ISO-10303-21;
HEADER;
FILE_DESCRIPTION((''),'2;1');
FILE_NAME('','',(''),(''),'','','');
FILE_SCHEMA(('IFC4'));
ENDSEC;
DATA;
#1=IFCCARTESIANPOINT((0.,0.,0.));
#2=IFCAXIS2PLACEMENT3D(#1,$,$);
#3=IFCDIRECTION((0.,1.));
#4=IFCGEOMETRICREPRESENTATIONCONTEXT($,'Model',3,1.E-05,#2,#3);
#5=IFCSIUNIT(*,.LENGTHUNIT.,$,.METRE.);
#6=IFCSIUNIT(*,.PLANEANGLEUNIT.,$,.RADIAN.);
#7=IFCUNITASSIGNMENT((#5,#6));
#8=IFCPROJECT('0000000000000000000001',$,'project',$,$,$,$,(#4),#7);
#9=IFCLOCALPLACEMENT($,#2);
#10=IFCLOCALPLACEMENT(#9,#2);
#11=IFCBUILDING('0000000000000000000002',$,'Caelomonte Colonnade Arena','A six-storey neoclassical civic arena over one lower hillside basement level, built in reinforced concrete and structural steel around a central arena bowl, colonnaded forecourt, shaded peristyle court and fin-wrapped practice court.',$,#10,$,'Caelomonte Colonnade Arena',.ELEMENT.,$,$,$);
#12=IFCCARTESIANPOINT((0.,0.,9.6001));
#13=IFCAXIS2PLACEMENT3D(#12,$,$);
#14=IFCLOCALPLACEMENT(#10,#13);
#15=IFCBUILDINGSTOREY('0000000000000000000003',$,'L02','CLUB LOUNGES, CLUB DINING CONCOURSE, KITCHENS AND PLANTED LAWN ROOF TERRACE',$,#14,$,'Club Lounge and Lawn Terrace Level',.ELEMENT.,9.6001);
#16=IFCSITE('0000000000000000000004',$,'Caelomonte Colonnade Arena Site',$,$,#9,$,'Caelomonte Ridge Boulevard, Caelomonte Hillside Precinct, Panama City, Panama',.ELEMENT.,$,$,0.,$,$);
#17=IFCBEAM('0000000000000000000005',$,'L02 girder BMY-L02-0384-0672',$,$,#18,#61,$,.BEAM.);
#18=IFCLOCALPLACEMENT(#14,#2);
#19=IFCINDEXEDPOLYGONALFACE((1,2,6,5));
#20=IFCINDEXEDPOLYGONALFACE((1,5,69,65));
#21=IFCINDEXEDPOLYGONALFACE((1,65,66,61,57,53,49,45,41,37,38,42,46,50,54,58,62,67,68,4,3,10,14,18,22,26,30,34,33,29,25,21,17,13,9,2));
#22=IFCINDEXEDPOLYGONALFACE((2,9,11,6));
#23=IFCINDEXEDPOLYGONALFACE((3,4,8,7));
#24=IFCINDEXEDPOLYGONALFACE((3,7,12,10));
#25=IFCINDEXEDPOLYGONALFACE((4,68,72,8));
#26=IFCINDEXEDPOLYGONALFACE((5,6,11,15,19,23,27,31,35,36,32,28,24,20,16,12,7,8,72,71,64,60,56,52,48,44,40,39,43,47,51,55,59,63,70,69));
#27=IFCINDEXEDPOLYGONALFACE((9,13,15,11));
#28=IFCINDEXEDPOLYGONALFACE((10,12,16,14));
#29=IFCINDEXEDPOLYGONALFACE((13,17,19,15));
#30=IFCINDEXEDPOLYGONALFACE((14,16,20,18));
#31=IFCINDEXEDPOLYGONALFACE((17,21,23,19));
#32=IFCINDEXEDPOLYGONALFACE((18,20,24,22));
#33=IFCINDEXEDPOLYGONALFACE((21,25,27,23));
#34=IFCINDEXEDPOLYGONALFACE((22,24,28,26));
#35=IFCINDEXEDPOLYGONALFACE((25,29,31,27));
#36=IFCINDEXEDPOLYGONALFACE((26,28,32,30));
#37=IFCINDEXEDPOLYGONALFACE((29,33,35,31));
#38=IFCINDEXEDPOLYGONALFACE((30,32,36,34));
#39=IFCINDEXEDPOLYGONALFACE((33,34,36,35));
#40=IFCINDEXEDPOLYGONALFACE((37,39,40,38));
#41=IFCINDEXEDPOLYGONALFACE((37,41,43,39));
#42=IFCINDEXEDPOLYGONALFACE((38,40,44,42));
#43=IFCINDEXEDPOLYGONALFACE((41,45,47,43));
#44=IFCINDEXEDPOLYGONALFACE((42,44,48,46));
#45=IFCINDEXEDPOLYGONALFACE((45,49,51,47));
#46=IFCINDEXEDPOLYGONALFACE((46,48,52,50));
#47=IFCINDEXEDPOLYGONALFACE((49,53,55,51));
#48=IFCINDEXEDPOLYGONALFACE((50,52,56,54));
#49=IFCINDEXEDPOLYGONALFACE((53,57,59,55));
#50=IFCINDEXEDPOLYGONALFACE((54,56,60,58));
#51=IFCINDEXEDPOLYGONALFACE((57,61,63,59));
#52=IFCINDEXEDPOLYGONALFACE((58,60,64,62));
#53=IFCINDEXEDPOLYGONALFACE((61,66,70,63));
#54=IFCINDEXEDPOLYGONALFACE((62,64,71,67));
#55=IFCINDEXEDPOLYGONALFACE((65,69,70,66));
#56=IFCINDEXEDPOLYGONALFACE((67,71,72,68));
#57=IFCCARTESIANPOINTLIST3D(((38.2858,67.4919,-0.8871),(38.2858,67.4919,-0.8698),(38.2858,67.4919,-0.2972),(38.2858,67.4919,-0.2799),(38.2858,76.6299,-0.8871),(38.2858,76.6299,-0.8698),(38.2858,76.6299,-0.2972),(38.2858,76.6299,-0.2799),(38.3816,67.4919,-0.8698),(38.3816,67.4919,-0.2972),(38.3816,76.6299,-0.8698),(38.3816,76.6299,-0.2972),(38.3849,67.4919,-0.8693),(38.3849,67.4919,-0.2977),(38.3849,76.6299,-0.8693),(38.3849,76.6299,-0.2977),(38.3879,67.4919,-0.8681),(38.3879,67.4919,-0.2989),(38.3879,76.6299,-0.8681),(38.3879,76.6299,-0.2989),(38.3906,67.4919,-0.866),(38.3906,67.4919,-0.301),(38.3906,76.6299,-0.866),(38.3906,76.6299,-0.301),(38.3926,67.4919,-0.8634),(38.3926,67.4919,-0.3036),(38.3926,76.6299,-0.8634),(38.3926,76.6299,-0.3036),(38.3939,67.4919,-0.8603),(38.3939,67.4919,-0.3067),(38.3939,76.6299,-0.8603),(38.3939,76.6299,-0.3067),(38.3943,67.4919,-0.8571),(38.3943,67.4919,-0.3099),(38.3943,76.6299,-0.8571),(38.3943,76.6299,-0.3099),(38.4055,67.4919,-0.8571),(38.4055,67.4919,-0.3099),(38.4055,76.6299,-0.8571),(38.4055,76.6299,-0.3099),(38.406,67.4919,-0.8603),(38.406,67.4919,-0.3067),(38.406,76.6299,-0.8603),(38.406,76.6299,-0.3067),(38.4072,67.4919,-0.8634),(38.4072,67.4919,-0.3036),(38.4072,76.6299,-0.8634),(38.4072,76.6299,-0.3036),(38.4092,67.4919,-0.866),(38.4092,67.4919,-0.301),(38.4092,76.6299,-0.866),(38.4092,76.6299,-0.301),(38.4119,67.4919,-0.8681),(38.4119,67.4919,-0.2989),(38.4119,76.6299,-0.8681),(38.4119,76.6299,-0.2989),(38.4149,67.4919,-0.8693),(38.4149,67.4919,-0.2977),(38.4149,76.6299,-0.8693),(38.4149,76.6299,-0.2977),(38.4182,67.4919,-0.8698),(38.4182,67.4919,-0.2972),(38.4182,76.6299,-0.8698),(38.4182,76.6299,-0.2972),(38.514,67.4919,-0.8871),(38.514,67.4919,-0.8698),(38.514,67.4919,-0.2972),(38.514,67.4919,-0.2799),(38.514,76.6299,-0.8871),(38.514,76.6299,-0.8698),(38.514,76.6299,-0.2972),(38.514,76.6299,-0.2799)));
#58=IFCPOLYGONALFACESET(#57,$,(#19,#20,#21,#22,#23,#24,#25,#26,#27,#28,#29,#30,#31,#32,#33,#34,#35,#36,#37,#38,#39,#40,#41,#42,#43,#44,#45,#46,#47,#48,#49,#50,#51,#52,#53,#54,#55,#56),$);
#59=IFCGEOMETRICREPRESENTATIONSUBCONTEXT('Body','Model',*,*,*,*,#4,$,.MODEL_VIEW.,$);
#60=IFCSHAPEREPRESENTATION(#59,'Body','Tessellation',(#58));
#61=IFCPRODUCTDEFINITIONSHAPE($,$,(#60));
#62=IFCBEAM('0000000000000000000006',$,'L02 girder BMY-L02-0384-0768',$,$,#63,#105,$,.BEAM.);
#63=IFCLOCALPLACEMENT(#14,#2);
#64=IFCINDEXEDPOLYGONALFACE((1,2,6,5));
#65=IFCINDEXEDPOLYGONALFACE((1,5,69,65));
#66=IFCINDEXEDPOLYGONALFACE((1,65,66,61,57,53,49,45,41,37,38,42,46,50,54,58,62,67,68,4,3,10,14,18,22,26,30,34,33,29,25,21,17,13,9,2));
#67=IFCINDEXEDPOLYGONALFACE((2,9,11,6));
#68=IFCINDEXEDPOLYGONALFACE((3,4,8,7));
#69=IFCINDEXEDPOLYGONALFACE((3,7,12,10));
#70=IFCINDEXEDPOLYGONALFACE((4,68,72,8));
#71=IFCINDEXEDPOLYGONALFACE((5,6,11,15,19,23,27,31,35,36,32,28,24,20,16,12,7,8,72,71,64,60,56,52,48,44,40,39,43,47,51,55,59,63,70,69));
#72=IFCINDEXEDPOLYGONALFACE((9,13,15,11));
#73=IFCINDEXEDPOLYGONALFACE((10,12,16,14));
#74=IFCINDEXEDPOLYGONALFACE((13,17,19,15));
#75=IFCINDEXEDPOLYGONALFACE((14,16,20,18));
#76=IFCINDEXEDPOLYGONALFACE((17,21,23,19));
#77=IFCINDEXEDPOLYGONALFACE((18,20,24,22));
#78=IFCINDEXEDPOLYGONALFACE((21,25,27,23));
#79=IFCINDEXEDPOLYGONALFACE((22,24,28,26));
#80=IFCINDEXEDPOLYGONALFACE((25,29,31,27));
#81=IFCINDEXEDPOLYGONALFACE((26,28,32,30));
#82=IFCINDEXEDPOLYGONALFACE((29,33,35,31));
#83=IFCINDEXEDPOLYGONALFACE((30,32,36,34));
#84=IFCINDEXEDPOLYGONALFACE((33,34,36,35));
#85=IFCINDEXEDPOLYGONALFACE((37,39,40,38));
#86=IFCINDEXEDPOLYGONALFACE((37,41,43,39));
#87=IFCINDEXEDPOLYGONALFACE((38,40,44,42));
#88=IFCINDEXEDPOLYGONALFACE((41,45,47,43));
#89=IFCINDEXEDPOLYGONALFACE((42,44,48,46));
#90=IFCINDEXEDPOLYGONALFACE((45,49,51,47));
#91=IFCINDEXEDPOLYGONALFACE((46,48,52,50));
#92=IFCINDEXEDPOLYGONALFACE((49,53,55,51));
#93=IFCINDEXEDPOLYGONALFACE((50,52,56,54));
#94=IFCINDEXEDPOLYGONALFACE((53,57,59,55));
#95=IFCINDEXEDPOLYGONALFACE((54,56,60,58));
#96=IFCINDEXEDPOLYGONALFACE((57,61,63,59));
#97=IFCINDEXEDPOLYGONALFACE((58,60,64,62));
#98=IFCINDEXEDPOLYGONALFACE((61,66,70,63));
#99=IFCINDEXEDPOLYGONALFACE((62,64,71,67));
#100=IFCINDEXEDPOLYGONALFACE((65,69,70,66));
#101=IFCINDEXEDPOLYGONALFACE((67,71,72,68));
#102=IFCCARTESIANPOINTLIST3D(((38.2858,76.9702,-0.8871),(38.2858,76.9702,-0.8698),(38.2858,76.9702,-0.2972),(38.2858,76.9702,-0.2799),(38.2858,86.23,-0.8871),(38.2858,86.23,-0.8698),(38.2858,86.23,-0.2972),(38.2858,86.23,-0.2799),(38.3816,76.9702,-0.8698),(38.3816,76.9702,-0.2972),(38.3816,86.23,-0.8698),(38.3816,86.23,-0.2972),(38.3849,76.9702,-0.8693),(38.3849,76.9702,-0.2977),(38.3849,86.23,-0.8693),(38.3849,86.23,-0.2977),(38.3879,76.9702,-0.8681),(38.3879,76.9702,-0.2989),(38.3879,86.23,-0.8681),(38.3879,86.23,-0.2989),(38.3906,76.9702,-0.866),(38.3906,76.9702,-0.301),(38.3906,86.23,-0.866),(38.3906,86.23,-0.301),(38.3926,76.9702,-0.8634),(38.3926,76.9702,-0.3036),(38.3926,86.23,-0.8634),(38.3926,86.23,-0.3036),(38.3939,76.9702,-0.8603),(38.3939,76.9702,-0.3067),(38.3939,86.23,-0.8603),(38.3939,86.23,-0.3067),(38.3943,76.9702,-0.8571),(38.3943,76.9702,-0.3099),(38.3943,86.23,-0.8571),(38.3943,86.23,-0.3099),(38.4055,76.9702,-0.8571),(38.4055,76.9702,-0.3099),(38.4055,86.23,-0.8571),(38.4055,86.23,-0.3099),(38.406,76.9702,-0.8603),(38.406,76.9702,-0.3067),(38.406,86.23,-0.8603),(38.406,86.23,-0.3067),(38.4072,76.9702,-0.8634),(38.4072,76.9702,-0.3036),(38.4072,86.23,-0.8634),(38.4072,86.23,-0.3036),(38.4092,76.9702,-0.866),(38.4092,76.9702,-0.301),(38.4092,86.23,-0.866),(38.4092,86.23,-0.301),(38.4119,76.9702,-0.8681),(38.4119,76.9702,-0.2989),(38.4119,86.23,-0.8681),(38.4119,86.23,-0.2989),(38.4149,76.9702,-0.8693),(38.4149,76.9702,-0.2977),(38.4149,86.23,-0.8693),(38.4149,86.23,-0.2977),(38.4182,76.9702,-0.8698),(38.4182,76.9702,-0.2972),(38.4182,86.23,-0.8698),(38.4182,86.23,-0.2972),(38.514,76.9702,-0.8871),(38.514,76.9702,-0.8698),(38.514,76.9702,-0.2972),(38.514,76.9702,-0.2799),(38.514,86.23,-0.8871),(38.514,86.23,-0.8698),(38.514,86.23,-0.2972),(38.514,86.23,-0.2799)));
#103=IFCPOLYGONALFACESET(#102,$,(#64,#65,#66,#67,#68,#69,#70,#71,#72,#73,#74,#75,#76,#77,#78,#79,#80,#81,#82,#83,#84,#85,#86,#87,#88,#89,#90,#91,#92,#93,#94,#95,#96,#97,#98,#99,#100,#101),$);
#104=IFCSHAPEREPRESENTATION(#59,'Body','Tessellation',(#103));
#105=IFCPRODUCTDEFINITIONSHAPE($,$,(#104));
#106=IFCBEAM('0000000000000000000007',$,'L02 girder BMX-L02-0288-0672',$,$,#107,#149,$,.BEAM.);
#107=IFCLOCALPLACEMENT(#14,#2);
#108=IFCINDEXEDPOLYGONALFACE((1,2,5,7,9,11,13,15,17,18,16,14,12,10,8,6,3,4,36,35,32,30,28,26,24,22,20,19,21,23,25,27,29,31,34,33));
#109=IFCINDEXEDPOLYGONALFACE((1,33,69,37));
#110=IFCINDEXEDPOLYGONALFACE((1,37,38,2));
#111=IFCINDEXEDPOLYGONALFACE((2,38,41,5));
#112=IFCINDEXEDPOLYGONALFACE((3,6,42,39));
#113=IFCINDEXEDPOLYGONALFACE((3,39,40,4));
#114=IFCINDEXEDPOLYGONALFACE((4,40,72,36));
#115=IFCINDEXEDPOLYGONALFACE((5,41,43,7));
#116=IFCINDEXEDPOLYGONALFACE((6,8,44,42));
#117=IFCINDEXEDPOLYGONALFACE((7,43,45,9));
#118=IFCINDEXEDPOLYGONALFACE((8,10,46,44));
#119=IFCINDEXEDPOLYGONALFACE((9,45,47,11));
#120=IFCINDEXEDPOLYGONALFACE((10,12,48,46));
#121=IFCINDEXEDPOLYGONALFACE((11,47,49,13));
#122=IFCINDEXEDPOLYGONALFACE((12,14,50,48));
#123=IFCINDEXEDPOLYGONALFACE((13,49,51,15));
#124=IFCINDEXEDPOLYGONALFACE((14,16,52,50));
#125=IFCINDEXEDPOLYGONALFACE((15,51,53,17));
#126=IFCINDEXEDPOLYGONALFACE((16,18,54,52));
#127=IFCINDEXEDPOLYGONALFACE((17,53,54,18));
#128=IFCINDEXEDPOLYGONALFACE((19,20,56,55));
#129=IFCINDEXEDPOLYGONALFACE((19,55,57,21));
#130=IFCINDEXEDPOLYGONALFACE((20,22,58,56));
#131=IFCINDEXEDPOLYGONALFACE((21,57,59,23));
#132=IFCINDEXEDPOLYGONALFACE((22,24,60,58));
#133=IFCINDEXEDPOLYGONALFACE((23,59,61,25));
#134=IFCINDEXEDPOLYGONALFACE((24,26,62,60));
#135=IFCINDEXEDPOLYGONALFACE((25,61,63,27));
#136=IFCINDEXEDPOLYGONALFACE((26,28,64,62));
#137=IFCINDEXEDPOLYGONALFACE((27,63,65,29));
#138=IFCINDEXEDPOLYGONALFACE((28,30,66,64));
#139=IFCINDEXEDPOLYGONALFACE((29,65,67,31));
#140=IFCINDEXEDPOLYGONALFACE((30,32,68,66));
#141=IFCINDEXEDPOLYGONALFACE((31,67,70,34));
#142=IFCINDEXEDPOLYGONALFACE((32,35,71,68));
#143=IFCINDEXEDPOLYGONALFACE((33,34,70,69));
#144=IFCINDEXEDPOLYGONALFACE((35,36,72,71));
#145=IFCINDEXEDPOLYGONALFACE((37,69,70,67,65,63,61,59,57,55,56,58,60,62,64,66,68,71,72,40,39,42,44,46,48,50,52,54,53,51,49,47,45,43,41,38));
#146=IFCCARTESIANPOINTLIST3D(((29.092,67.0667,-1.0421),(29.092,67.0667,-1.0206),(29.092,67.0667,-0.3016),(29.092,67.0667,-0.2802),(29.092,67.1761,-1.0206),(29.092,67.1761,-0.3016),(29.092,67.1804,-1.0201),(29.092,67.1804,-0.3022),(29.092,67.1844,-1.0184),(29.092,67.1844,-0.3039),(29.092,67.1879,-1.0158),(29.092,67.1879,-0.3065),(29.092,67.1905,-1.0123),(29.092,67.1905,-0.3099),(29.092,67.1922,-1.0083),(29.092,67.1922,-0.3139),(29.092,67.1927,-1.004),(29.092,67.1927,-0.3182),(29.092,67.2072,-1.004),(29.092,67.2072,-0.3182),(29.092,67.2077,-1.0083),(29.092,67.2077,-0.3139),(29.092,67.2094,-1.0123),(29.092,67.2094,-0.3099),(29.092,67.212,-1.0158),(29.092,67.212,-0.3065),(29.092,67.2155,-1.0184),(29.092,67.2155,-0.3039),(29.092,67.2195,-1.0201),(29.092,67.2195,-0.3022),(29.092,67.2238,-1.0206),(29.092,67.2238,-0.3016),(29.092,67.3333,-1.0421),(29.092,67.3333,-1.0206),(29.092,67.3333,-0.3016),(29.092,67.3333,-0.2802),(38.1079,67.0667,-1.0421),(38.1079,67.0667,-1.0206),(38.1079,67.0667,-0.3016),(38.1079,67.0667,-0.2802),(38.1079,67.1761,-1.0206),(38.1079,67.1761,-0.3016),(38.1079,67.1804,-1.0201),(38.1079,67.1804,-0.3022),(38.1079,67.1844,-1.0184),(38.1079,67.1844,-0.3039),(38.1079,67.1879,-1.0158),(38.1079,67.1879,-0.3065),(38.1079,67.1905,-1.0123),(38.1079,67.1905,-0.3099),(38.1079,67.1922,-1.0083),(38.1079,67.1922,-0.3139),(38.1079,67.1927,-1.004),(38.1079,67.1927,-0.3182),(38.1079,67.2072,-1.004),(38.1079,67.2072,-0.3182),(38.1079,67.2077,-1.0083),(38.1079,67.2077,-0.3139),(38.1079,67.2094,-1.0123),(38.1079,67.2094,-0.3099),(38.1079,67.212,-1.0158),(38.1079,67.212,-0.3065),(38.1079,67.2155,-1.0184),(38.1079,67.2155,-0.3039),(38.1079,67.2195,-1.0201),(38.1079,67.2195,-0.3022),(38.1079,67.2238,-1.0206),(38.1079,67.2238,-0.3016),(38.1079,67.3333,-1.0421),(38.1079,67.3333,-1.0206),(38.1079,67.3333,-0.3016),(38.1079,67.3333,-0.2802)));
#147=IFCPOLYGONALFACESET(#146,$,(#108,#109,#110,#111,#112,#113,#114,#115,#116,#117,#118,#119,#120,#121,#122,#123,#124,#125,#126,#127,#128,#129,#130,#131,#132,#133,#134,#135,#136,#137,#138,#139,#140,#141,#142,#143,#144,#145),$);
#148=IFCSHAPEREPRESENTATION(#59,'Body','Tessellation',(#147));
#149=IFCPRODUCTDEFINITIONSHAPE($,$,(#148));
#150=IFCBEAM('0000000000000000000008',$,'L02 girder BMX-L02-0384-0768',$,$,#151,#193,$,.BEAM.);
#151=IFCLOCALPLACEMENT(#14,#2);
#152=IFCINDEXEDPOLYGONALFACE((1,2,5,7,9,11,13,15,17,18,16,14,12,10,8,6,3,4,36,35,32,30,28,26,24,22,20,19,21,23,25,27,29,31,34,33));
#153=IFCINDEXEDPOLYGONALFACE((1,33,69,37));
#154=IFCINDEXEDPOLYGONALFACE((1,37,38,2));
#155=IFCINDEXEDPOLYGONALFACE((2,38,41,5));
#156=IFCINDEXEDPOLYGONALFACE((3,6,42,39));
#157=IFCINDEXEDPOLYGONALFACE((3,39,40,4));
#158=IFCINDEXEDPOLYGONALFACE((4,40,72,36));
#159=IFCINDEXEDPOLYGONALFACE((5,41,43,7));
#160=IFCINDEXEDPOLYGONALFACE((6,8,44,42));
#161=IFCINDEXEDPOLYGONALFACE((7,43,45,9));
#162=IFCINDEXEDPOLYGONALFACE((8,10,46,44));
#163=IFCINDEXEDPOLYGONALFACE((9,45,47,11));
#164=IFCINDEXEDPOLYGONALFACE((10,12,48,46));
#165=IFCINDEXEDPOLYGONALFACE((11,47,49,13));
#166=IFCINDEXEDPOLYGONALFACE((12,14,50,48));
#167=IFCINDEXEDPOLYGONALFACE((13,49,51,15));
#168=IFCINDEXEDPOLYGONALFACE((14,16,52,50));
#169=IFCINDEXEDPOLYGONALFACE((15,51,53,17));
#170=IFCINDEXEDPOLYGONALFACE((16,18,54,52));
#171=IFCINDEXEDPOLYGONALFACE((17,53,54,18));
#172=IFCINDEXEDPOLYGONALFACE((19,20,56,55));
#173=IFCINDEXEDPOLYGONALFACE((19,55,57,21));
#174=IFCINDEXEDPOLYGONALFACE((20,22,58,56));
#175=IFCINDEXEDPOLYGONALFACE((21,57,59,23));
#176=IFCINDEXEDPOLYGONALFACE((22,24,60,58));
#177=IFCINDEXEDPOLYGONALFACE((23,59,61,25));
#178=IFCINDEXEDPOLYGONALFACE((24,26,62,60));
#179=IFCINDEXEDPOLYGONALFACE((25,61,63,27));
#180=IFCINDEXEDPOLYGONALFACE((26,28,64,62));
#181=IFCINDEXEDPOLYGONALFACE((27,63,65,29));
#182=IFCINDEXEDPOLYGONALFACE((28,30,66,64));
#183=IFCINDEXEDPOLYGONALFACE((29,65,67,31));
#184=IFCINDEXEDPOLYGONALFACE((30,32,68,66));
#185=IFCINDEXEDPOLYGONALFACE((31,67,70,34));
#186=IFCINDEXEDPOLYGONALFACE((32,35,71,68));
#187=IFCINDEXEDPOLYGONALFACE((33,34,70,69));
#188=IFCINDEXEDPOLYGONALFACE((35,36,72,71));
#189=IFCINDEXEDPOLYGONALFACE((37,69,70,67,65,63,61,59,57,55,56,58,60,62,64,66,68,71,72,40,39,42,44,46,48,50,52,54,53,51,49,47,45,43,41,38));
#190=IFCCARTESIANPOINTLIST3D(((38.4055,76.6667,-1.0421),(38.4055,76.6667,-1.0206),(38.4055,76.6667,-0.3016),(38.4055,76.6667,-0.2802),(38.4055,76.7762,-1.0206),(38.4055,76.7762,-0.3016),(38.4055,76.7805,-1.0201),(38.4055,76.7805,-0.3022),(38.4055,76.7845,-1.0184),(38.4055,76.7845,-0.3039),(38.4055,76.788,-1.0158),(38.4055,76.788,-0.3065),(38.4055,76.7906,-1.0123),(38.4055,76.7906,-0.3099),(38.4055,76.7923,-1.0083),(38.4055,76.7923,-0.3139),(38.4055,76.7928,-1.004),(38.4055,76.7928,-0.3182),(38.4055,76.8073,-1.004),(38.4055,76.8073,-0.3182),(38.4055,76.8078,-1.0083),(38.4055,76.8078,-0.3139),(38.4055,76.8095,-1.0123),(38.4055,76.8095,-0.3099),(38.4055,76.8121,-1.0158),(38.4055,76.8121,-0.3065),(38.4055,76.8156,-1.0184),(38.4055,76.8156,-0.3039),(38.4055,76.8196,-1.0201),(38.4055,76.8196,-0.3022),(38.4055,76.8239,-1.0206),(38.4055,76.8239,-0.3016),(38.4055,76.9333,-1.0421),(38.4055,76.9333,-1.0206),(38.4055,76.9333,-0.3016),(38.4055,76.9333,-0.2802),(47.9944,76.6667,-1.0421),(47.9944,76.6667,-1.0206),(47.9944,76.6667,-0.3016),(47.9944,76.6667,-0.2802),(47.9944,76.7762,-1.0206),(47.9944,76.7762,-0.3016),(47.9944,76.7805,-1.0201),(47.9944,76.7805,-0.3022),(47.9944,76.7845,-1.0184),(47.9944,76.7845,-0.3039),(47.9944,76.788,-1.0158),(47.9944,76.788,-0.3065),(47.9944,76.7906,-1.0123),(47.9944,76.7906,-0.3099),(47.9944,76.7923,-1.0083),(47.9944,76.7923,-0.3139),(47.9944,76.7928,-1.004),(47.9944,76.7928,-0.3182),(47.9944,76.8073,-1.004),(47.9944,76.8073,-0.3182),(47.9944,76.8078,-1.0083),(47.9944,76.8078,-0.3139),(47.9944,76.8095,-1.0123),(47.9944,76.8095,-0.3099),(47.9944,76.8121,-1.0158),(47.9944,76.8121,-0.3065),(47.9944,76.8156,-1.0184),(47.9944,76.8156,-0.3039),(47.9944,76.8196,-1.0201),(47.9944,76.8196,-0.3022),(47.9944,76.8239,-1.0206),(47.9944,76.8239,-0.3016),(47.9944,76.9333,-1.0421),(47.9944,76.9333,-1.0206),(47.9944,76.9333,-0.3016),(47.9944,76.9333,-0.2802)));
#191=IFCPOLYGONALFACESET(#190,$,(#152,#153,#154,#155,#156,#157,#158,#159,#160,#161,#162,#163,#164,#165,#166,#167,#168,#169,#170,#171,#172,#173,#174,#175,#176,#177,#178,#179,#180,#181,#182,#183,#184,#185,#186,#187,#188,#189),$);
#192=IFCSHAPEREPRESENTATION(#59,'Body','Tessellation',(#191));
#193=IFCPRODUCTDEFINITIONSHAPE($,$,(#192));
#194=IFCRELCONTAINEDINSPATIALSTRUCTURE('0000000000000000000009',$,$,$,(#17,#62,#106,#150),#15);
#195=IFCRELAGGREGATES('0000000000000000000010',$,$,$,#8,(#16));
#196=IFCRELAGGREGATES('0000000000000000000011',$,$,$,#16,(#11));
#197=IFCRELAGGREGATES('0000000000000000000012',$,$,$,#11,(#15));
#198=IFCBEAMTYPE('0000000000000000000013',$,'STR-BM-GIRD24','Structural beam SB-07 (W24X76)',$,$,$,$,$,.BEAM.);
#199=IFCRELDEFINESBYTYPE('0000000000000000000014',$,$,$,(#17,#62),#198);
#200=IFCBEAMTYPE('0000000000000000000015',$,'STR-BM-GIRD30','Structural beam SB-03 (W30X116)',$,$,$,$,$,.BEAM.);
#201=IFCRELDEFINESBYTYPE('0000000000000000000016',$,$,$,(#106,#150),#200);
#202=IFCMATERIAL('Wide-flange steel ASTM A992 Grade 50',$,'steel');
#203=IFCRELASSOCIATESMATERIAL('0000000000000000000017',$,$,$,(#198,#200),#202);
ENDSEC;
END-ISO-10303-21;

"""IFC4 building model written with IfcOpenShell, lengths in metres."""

from ifc_helpers import new_model, si_unit, direction, frame, origin, origin_2d, place, context, subcontext, project, spatial, i_section, extrude, material, material_profile, profile_set, type_object, element, save


model = new_model("IFC4")

# Units and contexts
model_context = context("Model", 3, precision=1e-05, world=origin(), true_north=direction((0.0, 1.0)))
body_context = subcontext(model_context, "Body", "Model", "MODEL_VIEW")
ifc_project = project(units=[si_unit("LENGTHUNIT", "METRE"), si_unit("PLANEANGLEUNIT", "RADIAN")], contexts=[model_context])

# Site, building, storey
site_placement = place(None, origin())
site = spatial("IfcSite", under=ifc_project, at=site_placement, Name="Caelomonte Colonnade Arena Site", LongName="Caelomonte Ridge Boulevard, Caelomonte Hillside Precinct, Panama City, Panama", CompositionType="ELEMENT", RefElevation=0.0)
building_placement = place(site_placement, origin())
building = spatial("IfcBuilding", under=site, at=building_placement, Name="Caelomonte Colonnade Arena", Description="A six-storey neoclassical civic arena over one lower hillside basement level, built in reinforced concrete and structural steel around a central arena bowl, colonnaded forecourt, shaded peristyle court and fin-wrapped practice court.", LongName="Caelomonte Colonnade Arena", CompositionType="ELEMENT")
storey_placement = place(building_placement, frame((0.0, 0.0, 9.6001)))
storey = spatial("IfcBuildingStorey", under=building, at=storey_placement, Name="L02", Description="CLUB LOUNGES, CLUB DINING CONCOURSE, KITCHENS AND PLANTED LAWN ROOF TERRACE", LongName="Club Lounge and Lawn Terrace Level", CompositionType="ELEMENT", Elevation=9.6001)

# Beams
ifc_material_1 = material(Name="Wide-flange steel ASTM A992 Grade 50", Category="steel")
ifc_material_profile_1 = material_profile(ifc_material_1, i_section(OverallWidth=0.2283, OverallDepth=0.6072, WebThickness=0.0112, FlangeThickness=0.0173, FilletRadius=0.0127, at=origin_2d()), Name="W24X76")
ifc_profile_set_1 = profile_set([ifc_material_profile_1], Name="Wide-flange steel ASTM A992 Grade 50")
beam_type_1 = type_object("IfcBeamType", Name="STR-BM-GIRD24", Description="Structural beam SB-07 (W24X76)", PredefinedType="BEAM", material=ifc_profile_set_1)
beam_1_placement = place(storey_placement, frame((38.3999, 67.4919, -0.5835), z_axis=(0.0, 1.0, 0.0), x_axis=(-1.0, 0.0, 0.0)))
element("IfcBeam", 1, at=beam_1_placement, inside=storey, type_object=beam_type_1, Name="L02 girder BMY-L02-0384-0672", PredefinedType="BEAM", context=body_context, shape_type="SweptSolid", body=[
    extrude(i_section(OverallWidth=0.2283, OverallDepth=0.6072, WebThickness=0.0112, FlangeThickness=0.0173, FilletRadius=0.0127, at=origin_2d()), origin(), (0.0, 0.0, 1.0), 9.1379),
])
beam_2_placement = place(storey_placement, frame((38.3999, 76.9702, -0.5835), z_axis=(0.0, 1.0, 0.0), x_axis=(-1.0, 0.0, 0.0)))
element("IfcBeam", 2, at=beam_2_placement, inside=storey, type_object=beam_type_1, Name="L02 girder BMY-L02-0384-0768", PredefinedType="BEAM", context=body_context, shape_type="SweptSolid", body=[
    extrude(i_section(OverallWidth=0.2283, OverallDepth=0.6072, WebThickness=0.0112, FlangeThickness=0.0173, FilletRadius=0.0127, at=origin_2d()), origin(), (0.0, 0.0, 1.0), 9.2598),
])
ifc_material_profile_2 = material_profile(ifc_material_1, i_section(OverallWidth=0.2666, OverallDepth=0.762, WebThickness=0.0144, FlangeThickness=0.0215, FilletRadius=0.0166, at=origin_2d()), Name="W30X116")
ifc_profile_set_2 = profile_set([ifc_material_profile_2], Name="Wide-flange steel ASTM A992 Grade 50")
beam_type_2 = type_object("IfcBeamType", Name="STR-BM-GIRD30", Description="Structural beam SB-03 (W30X116)", PredefinedType="BEAM", material=ifc_profile_set_2)
beam_3_placement = place(storey_placement, frame((29.092, 67.2, -0.6611), z_axis=(1.0, 0.0, 0.0), x_axis=(0.0, 1.0, 0.0)))
element("IfcBeam", 3, at=beam_3_placement, inside=storey, type_object=beam_type_2, Name="L02 girder BMX-L02-0288-0672", PredefinedType="BEAM", context=body_context, shape_type="SweptSolid", body=[
    extrude(i_section(OverallWidth=0.2666, OverallDepth=0.762, WebThickness=0.0144, FlangeThickness=0.0215, FilletRadius=0.0166, at=origin_2d()), origin(), (0.0, 0.0, 1.0), 9.0159),
])
for number, where, z_axis, x_axis, name in (
    (4, (38.4055, 76.8, -0.6611), (1.0, 0.0, 0.0), (0.0, 1.0, 0.0), "L02 girder BMX-L02-0384-0768"),
):
    element("IfcBeam", number, at=place(storey_placement, frame(where, z_axis=z_axis, x_axis=x_axis)), inside=storey, type_object=beam_type_2, Name=name, PredefinedType="BEAM", context=body_context, shape_type="SweptSolid", body=[
        extrude(i_section(OverallWidth=0.2666, OverallDepth=0.762, WebThickness=0.0144, FlangeThickness=0.0215, FilletRadius=0.0166, at=origin_2d()), origin(), (0.0, 0.0, 1.0), 9.5889),
    ])

save(model, "model.ifc")
